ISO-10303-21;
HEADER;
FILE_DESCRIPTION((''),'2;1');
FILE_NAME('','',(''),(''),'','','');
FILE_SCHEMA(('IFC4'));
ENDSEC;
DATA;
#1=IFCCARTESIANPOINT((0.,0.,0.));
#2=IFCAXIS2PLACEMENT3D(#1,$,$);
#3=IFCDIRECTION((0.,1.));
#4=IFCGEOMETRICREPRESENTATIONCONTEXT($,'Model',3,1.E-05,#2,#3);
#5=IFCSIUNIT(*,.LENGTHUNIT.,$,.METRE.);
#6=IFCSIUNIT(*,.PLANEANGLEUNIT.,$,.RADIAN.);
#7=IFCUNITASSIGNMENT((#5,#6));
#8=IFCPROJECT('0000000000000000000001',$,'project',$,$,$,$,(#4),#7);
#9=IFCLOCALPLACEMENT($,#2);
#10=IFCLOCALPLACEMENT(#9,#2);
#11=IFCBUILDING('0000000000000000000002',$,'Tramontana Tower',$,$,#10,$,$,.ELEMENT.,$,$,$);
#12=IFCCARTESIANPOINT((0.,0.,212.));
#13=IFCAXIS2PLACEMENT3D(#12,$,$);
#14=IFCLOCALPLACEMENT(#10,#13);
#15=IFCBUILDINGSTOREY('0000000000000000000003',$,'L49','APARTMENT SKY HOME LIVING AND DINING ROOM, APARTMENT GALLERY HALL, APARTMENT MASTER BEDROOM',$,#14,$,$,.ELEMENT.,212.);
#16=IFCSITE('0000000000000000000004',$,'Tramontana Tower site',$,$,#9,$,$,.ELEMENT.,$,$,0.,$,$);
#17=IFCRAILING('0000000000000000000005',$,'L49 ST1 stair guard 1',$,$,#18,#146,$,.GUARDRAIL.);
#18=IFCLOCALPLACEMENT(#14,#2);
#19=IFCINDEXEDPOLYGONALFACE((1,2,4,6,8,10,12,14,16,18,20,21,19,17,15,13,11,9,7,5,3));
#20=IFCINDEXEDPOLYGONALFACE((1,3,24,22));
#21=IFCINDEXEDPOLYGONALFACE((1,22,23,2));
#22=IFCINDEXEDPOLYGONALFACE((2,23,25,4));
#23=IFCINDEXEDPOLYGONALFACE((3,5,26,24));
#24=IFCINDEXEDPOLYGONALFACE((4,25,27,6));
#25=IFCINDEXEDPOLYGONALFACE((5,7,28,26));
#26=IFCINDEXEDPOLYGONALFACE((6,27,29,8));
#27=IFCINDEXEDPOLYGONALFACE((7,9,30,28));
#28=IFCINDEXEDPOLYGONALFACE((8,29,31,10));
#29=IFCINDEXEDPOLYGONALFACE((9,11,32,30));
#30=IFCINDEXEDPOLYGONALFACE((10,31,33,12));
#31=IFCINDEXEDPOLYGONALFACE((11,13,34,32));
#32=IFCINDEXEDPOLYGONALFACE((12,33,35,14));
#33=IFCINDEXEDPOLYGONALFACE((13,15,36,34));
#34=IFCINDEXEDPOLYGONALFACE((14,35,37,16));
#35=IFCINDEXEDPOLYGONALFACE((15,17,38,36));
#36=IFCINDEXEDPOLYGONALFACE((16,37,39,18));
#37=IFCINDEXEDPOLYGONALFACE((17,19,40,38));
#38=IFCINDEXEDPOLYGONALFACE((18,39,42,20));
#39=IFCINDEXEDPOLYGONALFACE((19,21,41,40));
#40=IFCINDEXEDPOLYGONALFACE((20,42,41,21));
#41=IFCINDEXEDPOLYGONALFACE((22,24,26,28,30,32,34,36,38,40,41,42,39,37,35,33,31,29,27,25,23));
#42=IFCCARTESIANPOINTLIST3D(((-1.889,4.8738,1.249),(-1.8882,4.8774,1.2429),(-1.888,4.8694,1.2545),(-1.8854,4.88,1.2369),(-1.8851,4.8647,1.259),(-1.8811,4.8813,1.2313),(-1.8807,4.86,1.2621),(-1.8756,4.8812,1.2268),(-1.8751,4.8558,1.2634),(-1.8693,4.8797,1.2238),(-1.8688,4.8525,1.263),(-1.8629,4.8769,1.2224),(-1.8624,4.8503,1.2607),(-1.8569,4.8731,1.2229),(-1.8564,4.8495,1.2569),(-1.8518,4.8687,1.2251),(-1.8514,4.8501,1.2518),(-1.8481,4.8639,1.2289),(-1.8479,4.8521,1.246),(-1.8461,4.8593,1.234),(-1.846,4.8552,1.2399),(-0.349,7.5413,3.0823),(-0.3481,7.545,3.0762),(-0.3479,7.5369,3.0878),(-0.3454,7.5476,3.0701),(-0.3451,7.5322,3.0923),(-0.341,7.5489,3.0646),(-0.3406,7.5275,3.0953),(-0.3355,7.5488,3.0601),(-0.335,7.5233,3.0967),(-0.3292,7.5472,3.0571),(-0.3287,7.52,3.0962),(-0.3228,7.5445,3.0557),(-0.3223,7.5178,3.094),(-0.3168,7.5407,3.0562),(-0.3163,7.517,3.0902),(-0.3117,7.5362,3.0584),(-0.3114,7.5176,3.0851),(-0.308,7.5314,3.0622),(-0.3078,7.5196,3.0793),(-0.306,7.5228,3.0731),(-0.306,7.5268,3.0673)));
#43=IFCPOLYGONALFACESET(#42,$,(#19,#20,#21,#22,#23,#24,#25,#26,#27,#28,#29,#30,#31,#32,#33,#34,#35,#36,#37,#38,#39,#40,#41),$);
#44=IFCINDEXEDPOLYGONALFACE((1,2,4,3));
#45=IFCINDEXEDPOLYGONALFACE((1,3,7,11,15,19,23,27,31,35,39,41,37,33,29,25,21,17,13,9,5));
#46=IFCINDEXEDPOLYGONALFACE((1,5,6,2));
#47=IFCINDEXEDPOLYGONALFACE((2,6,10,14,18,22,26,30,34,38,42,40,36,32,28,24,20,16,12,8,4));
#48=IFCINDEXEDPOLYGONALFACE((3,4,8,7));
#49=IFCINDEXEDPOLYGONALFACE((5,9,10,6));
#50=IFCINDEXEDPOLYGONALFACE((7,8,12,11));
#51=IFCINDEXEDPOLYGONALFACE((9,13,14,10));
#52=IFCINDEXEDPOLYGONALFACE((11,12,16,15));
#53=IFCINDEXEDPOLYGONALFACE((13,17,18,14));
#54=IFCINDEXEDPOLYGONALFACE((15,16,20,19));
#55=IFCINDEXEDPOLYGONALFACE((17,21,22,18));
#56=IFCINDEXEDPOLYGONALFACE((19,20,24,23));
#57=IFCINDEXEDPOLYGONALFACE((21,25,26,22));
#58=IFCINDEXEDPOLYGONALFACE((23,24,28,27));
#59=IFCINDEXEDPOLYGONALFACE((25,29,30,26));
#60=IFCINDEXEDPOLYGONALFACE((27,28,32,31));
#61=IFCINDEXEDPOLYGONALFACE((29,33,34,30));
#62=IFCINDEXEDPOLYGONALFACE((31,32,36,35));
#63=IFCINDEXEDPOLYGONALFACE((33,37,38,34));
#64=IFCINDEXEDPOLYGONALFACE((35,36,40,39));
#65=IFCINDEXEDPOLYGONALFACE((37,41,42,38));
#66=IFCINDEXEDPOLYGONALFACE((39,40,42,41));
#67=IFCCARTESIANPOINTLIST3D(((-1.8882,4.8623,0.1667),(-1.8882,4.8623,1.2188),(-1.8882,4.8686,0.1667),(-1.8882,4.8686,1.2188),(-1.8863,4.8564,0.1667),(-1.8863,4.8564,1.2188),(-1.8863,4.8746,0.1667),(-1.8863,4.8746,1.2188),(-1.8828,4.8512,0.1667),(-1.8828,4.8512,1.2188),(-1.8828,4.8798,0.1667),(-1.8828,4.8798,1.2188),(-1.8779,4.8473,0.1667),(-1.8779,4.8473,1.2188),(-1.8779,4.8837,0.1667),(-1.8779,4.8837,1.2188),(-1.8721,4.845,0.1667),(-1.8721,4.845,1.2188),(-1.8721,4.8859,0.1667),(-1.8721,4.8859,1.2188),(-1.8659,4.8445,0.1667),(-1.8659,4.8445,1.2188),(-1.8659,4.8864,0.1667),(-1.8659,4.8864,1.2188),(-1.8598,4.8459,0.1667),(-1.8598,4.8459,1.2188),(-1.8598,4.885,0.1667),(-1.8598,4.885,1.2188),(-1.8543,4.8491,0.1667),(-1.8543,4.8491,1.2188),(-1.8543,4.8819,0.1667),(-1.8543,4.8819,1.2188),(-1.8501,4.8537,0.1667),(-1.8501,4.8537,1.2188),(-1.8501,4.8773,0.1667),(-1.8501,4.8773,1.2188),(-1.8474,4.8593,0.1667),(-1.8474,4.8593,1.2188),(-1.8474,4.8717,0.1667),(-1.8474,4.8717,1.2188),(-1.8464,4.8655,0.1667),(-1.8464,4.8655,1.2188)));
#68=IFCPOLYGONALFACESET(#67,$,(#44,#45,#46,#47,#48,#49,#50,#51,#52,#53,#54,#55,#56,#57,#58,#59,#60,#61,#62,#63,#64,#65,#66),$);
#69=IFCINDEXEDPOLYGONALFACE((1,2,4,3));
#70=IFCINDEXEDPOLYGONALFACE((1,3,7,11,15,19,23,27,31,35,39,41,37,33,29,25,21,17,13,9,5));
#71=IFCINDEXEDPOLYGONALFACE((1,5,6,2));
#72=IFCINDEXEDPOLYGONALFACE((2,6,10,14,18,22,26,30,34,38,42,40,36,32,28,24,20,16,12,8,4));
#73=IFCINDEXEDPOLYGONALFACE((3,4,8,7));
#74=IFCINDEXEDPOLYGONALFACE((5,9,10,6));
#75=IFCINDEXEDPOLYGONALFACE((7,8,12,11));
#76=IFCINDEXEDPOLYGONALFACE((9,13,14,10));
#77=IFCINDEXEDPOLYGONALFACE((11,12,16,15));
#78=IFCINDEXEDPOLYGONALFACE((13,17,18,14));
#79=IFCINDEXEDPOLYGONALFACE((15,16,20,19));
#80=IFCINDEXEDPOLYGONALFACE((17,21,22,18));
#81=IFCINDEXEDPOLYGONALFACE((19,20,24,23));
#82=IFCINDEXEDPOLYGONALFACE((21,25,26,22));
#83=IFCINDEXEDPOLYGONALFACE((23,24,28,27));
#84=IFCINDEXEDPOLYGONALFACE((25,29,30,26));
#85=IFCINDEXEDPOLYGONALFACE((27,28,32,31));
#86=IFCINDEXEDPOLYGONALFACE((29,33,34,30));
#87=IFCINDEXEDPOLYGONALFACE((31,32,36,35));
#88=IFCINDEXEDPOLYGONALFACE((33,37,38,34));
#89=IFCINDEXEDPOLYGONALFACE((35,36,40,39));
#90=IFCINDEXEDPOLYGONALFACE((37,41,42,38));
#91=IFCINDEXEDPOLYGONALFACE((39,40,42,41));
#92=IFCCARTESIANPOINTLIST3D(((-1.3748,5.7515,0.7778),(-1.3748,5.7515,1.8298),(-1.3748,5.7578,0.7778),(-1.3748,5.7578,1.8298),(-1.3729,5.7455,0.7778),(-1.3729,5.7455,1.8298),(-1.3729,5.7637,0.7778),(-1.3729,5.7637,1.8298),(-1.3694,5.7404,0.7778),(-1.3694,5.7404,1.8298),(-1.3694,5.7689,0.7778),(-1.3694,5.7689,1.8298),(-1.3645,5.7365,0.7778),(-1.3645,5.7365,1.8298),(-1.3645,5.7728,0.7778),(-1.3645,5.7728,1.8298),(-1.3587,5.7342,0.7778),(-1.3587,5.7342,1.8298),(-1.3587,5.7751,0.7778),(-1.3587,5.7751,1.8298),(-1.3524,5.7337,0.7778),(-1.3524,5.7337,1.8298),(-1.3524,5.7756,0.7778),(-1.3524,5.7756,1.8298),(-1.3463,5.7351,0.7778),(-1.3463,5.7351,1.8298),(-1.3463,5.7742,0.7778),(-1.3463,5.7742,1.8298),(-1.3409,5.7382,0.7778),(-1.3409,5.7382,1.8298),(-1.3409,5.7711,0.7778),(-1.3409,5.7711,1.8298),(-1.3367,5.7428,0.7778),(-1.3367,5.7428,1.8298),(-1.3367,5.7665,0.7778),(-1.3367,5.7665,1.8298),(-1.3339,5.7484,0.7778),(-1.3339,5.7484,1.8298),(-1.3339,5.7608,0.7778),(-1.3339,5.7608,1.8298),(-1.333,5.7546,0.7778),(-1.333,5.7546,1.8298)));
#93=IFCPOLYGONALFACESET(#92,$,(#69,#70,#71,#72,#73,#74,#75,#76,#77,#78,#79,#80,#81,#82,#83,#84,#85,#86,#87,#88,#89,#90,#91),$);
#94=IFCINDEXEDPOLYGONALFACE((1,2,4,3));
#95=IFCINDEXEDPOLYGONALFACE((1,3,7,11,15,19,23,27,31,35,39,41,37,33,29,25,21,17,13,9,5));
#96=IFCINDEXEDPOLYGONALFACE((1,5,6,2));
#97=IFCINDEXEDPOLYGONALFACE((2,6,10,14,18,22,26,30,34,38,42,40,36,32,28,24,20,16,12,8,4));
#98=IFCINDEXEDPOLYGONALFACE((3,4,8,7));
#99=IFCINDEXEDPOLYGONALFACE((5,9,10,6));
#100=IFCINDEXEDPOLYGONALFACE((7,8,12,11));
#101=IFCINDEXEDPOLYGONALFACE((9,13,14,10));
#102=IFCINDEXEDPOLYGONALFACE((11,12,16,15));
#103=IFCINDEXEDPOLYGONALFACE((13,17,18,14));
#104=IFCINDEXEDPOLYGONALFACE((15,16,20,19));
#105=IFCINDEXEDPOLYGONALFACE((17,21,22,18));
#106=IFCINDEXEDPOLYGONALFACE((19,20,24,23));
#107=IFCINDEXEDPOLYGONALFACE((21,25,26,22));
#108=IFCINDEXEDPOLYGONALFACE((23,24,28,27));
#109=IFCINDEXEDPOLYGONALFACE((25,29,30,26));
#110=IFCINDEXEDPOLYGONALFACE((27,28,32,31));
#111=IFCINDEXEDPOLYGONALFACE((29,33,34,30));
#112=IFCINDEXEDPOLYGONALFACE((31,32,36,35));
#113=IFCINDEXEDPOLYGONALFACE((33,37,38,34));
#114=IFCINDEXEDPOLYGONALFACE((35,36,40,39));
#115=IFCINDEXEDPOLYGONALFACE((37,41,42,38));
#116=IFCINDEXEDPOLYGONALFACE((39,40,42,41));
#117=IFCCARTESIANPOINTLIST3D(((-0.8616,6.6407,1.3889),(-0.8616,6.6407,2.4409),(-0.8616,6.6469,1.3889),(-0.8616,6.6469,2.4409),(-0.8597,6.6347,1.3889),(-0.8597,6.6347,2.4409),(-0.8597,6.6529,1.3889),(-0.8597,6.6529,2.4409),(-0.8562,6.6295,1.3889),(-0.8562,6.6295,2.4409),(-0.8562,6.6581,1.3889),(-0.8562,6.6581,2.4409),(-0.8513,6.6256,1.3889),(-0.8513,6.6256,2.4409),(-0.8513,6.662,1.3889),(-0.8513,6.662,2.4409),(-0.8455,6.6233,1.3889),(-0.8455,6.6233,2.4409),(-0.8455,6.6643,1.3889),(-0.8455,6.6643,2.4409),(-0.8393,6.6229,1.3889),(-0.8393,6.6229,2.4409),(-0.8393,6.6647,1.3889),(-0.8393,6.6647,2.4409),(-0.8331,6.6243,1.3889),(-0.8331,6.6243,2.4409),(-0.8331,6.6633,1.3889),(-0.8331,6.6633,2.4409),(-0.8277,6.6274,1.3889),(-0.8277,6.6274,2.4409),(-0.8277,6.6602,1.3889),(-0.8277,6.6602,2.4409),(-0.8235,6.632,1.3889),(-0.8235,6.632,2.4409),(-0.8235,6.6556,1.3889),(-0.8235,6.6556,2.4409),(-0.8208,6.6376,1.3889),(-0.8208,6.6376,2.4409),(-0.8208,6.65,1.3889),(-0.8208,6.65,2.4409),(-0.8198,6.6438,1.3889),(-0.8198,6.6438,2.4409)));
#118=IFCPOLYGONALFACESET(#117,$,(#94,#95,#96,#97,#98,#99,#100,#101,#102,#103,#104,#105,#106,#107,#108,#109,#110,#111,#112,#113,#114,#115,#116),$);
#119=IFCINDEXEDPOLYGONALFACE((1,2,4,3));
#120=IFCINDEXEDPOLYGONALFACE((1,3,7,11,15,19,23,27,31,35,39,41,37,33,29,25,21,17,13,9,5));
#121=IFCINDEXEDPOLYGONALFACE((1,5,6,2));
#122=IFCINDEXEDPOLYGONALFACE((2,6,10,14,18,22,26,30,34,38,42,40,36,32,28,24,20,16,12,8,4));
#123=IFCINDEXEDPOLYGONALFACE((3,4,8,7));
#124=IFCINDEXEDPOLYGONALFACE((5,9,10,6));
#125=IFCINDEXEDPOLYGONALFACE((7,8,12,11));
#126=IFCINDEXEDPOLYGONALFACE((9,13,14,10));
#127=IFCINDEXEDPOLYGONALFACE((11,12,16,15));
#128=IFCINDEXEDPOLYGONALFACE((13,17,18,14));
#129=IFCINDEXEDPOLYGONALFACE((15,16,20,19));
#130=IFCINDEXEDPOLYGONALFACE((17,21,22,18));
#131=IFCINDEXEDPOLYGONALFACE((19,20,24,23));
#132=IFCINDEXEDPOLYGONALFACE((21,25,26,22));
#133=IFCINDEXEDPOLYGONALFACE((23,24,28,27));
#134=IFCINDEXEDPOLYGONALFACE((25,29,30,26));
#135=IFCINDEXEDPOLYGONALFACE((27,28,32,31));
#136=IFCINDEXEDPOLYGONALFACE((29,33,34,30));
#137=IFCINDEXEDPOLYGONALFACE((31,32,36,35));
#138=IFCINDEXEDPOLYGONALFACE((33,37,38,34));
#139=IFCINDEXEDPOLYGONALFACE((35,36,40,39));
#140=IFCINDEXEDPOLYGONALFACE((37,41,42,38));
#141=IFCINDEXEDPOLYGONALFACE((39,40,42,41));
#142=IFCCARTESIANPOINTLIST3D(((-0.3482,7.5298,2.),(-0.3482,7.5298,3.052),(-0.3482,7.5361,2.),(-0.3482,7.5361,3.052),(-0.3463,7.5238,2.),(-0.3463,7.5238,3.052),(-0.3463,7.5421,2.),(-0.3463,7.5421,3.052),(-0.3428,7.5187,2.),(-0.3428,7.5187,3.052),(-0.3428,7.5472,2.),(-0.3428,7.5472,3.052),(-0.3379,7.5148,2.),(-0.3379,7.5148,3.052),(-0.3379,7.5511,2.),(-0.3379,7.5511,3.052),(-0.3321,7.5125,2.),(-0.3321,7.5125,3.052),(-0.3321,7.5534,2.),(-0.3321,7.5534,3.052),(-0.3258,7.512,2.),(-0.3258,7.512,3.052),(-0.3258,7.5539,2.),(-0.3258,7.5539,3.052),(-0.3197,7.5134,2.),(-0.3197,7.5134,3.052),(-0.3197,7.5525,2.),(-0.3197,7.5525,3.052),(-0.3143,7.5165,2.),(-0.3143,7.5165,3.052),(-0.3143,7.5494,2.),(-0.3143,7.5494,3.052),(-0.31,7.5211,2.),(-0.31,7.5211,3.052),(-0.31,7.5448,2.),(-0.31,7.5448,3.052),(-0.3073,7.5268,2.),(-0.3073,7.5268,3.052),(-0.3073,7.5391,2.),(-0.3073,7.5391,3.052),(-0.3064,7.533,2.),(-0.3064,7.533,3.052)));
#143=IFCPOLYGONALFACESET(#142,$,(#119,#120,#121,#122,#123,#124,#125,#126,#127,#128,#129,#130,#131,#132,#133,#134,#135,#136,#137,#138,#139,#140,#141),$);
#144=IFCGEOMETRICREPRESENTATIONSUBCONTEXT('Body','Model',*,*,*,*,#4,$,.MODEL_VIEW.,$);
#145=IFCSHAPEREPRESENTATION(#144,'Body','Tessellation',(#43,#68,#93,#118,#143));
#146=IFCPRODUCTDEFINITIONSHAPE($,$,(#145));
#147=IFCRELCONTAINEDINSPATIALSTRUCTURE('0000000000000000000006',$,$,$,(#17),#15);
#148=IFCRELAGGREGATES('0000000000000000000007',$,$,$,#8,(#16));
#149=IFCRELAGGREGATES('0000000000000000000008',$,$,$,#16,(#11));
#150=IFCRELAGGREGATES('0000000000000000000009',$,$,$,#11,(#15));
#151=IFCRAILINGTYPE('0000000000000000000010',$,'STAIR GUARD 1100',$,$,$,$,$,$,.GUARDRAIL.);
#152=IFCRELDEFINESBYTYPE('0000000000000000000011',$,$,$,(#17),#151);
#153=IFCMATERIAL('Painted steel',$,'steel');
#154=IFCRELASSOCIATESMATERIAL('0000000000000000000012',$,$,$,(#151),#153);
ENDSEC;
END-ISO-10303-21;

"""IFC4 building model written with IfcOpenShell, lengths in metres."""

from ifc_helpers import new_model, si_unit, direction, frame, origin, origin_2d, place, context, subcontext, project, spatial, circle, extrude, material, type_object, element, save


model = new_model("IFC4")

# Units and contexts
model_context = context("Model", 3, precision=1e-05, world=origin(), true_north=direction((0.0, 1.0)))
body_context = subcontext(model_context, "Body", "Model", "MODEL_VIEW")
ifc_project = project(units=[si_unit("LENGTHUNIT", "METRE"), si_unit("PLANEANGLEUNIT", "RADIAN")], contexts=[model_context])

# Site, building, storey
site_placement = place(None, origin())
site = spatial("IfcSite", under=ifc_project, at=site_placement, Name="Tramontana Tower site", CompositionType="ELEMENT", RefElevation=0.0)
building_placement = place(site_placement, origin())
building = spatial("IfcBuilding", under=site, at=building_placement, Name="Tramontana Tower", CompositionType="ELEMENT")
storey_placement = place(building_placement, frame((0.0, 0.0, 212.0)))
storey = spatial("IfcBuildingStorey", under=building, at=storey_placement, Name="L49", Description="APARTMENT SKY HOME LIVING AND DINING ROOM, APARTMENT GALLERY HALL, APARTMENT MASTER BEDROOM", CompositionType="ELEMENT", Elevation=212.0)

# Railing
ifc_material_1 = material(Name="Painted steel", Category="steel")
railing_type_1 = type_object("IfcRailingType", Name="STAIR GUARD 1100", PredefinedType="GUARDRAIL", material=ifc_material_1)
railing_1_placement = place(storey_placement, frame((-1.8674, 4.8655, 0.1667)))
element("IfcRailing", 1, at=railing_1_placement, inside=storey, type_object=railing_type_1, Name="L49 ST1 stair guard 1", PredefinedType="GUARDRAIL", context=body_context, shape_type="SweptSolid", body=[
    extrude(circle(Radius=0.0239, at=origin_2d()), frame((0.0, 0.0, 1.0762), z_axis=(0.429649, 0.74419, 0.511452), x_axis=(-0.86603, 0.499992, 0.0)), (0.0, 0.0, 1.0), 3.5845),
    extrude(circle(Radius=0.021, at=origin_2d()), origin(), (0.0, 0.0, 1.0), 1.052),
    extrude(circle(Radius=0.021, at=origin_2d()), frame((0.5134, 0.8892, 0.6111)), (0.0, 0.0, 1.0), 1.052),
    extrude(circle(Radius=0.021, at=origin_2d()), frame((1.0266, 1.7783, 1.2222)), (0.0, 0.0, 1.0), 1.052),
    extrude(circle(Radius=0.021, at=origin_2d()), frame((1.54, 2.6675, 1.8333)), (0.0, 0.0, 1.0), 1.052),
])

save(model, "model.ifc")
